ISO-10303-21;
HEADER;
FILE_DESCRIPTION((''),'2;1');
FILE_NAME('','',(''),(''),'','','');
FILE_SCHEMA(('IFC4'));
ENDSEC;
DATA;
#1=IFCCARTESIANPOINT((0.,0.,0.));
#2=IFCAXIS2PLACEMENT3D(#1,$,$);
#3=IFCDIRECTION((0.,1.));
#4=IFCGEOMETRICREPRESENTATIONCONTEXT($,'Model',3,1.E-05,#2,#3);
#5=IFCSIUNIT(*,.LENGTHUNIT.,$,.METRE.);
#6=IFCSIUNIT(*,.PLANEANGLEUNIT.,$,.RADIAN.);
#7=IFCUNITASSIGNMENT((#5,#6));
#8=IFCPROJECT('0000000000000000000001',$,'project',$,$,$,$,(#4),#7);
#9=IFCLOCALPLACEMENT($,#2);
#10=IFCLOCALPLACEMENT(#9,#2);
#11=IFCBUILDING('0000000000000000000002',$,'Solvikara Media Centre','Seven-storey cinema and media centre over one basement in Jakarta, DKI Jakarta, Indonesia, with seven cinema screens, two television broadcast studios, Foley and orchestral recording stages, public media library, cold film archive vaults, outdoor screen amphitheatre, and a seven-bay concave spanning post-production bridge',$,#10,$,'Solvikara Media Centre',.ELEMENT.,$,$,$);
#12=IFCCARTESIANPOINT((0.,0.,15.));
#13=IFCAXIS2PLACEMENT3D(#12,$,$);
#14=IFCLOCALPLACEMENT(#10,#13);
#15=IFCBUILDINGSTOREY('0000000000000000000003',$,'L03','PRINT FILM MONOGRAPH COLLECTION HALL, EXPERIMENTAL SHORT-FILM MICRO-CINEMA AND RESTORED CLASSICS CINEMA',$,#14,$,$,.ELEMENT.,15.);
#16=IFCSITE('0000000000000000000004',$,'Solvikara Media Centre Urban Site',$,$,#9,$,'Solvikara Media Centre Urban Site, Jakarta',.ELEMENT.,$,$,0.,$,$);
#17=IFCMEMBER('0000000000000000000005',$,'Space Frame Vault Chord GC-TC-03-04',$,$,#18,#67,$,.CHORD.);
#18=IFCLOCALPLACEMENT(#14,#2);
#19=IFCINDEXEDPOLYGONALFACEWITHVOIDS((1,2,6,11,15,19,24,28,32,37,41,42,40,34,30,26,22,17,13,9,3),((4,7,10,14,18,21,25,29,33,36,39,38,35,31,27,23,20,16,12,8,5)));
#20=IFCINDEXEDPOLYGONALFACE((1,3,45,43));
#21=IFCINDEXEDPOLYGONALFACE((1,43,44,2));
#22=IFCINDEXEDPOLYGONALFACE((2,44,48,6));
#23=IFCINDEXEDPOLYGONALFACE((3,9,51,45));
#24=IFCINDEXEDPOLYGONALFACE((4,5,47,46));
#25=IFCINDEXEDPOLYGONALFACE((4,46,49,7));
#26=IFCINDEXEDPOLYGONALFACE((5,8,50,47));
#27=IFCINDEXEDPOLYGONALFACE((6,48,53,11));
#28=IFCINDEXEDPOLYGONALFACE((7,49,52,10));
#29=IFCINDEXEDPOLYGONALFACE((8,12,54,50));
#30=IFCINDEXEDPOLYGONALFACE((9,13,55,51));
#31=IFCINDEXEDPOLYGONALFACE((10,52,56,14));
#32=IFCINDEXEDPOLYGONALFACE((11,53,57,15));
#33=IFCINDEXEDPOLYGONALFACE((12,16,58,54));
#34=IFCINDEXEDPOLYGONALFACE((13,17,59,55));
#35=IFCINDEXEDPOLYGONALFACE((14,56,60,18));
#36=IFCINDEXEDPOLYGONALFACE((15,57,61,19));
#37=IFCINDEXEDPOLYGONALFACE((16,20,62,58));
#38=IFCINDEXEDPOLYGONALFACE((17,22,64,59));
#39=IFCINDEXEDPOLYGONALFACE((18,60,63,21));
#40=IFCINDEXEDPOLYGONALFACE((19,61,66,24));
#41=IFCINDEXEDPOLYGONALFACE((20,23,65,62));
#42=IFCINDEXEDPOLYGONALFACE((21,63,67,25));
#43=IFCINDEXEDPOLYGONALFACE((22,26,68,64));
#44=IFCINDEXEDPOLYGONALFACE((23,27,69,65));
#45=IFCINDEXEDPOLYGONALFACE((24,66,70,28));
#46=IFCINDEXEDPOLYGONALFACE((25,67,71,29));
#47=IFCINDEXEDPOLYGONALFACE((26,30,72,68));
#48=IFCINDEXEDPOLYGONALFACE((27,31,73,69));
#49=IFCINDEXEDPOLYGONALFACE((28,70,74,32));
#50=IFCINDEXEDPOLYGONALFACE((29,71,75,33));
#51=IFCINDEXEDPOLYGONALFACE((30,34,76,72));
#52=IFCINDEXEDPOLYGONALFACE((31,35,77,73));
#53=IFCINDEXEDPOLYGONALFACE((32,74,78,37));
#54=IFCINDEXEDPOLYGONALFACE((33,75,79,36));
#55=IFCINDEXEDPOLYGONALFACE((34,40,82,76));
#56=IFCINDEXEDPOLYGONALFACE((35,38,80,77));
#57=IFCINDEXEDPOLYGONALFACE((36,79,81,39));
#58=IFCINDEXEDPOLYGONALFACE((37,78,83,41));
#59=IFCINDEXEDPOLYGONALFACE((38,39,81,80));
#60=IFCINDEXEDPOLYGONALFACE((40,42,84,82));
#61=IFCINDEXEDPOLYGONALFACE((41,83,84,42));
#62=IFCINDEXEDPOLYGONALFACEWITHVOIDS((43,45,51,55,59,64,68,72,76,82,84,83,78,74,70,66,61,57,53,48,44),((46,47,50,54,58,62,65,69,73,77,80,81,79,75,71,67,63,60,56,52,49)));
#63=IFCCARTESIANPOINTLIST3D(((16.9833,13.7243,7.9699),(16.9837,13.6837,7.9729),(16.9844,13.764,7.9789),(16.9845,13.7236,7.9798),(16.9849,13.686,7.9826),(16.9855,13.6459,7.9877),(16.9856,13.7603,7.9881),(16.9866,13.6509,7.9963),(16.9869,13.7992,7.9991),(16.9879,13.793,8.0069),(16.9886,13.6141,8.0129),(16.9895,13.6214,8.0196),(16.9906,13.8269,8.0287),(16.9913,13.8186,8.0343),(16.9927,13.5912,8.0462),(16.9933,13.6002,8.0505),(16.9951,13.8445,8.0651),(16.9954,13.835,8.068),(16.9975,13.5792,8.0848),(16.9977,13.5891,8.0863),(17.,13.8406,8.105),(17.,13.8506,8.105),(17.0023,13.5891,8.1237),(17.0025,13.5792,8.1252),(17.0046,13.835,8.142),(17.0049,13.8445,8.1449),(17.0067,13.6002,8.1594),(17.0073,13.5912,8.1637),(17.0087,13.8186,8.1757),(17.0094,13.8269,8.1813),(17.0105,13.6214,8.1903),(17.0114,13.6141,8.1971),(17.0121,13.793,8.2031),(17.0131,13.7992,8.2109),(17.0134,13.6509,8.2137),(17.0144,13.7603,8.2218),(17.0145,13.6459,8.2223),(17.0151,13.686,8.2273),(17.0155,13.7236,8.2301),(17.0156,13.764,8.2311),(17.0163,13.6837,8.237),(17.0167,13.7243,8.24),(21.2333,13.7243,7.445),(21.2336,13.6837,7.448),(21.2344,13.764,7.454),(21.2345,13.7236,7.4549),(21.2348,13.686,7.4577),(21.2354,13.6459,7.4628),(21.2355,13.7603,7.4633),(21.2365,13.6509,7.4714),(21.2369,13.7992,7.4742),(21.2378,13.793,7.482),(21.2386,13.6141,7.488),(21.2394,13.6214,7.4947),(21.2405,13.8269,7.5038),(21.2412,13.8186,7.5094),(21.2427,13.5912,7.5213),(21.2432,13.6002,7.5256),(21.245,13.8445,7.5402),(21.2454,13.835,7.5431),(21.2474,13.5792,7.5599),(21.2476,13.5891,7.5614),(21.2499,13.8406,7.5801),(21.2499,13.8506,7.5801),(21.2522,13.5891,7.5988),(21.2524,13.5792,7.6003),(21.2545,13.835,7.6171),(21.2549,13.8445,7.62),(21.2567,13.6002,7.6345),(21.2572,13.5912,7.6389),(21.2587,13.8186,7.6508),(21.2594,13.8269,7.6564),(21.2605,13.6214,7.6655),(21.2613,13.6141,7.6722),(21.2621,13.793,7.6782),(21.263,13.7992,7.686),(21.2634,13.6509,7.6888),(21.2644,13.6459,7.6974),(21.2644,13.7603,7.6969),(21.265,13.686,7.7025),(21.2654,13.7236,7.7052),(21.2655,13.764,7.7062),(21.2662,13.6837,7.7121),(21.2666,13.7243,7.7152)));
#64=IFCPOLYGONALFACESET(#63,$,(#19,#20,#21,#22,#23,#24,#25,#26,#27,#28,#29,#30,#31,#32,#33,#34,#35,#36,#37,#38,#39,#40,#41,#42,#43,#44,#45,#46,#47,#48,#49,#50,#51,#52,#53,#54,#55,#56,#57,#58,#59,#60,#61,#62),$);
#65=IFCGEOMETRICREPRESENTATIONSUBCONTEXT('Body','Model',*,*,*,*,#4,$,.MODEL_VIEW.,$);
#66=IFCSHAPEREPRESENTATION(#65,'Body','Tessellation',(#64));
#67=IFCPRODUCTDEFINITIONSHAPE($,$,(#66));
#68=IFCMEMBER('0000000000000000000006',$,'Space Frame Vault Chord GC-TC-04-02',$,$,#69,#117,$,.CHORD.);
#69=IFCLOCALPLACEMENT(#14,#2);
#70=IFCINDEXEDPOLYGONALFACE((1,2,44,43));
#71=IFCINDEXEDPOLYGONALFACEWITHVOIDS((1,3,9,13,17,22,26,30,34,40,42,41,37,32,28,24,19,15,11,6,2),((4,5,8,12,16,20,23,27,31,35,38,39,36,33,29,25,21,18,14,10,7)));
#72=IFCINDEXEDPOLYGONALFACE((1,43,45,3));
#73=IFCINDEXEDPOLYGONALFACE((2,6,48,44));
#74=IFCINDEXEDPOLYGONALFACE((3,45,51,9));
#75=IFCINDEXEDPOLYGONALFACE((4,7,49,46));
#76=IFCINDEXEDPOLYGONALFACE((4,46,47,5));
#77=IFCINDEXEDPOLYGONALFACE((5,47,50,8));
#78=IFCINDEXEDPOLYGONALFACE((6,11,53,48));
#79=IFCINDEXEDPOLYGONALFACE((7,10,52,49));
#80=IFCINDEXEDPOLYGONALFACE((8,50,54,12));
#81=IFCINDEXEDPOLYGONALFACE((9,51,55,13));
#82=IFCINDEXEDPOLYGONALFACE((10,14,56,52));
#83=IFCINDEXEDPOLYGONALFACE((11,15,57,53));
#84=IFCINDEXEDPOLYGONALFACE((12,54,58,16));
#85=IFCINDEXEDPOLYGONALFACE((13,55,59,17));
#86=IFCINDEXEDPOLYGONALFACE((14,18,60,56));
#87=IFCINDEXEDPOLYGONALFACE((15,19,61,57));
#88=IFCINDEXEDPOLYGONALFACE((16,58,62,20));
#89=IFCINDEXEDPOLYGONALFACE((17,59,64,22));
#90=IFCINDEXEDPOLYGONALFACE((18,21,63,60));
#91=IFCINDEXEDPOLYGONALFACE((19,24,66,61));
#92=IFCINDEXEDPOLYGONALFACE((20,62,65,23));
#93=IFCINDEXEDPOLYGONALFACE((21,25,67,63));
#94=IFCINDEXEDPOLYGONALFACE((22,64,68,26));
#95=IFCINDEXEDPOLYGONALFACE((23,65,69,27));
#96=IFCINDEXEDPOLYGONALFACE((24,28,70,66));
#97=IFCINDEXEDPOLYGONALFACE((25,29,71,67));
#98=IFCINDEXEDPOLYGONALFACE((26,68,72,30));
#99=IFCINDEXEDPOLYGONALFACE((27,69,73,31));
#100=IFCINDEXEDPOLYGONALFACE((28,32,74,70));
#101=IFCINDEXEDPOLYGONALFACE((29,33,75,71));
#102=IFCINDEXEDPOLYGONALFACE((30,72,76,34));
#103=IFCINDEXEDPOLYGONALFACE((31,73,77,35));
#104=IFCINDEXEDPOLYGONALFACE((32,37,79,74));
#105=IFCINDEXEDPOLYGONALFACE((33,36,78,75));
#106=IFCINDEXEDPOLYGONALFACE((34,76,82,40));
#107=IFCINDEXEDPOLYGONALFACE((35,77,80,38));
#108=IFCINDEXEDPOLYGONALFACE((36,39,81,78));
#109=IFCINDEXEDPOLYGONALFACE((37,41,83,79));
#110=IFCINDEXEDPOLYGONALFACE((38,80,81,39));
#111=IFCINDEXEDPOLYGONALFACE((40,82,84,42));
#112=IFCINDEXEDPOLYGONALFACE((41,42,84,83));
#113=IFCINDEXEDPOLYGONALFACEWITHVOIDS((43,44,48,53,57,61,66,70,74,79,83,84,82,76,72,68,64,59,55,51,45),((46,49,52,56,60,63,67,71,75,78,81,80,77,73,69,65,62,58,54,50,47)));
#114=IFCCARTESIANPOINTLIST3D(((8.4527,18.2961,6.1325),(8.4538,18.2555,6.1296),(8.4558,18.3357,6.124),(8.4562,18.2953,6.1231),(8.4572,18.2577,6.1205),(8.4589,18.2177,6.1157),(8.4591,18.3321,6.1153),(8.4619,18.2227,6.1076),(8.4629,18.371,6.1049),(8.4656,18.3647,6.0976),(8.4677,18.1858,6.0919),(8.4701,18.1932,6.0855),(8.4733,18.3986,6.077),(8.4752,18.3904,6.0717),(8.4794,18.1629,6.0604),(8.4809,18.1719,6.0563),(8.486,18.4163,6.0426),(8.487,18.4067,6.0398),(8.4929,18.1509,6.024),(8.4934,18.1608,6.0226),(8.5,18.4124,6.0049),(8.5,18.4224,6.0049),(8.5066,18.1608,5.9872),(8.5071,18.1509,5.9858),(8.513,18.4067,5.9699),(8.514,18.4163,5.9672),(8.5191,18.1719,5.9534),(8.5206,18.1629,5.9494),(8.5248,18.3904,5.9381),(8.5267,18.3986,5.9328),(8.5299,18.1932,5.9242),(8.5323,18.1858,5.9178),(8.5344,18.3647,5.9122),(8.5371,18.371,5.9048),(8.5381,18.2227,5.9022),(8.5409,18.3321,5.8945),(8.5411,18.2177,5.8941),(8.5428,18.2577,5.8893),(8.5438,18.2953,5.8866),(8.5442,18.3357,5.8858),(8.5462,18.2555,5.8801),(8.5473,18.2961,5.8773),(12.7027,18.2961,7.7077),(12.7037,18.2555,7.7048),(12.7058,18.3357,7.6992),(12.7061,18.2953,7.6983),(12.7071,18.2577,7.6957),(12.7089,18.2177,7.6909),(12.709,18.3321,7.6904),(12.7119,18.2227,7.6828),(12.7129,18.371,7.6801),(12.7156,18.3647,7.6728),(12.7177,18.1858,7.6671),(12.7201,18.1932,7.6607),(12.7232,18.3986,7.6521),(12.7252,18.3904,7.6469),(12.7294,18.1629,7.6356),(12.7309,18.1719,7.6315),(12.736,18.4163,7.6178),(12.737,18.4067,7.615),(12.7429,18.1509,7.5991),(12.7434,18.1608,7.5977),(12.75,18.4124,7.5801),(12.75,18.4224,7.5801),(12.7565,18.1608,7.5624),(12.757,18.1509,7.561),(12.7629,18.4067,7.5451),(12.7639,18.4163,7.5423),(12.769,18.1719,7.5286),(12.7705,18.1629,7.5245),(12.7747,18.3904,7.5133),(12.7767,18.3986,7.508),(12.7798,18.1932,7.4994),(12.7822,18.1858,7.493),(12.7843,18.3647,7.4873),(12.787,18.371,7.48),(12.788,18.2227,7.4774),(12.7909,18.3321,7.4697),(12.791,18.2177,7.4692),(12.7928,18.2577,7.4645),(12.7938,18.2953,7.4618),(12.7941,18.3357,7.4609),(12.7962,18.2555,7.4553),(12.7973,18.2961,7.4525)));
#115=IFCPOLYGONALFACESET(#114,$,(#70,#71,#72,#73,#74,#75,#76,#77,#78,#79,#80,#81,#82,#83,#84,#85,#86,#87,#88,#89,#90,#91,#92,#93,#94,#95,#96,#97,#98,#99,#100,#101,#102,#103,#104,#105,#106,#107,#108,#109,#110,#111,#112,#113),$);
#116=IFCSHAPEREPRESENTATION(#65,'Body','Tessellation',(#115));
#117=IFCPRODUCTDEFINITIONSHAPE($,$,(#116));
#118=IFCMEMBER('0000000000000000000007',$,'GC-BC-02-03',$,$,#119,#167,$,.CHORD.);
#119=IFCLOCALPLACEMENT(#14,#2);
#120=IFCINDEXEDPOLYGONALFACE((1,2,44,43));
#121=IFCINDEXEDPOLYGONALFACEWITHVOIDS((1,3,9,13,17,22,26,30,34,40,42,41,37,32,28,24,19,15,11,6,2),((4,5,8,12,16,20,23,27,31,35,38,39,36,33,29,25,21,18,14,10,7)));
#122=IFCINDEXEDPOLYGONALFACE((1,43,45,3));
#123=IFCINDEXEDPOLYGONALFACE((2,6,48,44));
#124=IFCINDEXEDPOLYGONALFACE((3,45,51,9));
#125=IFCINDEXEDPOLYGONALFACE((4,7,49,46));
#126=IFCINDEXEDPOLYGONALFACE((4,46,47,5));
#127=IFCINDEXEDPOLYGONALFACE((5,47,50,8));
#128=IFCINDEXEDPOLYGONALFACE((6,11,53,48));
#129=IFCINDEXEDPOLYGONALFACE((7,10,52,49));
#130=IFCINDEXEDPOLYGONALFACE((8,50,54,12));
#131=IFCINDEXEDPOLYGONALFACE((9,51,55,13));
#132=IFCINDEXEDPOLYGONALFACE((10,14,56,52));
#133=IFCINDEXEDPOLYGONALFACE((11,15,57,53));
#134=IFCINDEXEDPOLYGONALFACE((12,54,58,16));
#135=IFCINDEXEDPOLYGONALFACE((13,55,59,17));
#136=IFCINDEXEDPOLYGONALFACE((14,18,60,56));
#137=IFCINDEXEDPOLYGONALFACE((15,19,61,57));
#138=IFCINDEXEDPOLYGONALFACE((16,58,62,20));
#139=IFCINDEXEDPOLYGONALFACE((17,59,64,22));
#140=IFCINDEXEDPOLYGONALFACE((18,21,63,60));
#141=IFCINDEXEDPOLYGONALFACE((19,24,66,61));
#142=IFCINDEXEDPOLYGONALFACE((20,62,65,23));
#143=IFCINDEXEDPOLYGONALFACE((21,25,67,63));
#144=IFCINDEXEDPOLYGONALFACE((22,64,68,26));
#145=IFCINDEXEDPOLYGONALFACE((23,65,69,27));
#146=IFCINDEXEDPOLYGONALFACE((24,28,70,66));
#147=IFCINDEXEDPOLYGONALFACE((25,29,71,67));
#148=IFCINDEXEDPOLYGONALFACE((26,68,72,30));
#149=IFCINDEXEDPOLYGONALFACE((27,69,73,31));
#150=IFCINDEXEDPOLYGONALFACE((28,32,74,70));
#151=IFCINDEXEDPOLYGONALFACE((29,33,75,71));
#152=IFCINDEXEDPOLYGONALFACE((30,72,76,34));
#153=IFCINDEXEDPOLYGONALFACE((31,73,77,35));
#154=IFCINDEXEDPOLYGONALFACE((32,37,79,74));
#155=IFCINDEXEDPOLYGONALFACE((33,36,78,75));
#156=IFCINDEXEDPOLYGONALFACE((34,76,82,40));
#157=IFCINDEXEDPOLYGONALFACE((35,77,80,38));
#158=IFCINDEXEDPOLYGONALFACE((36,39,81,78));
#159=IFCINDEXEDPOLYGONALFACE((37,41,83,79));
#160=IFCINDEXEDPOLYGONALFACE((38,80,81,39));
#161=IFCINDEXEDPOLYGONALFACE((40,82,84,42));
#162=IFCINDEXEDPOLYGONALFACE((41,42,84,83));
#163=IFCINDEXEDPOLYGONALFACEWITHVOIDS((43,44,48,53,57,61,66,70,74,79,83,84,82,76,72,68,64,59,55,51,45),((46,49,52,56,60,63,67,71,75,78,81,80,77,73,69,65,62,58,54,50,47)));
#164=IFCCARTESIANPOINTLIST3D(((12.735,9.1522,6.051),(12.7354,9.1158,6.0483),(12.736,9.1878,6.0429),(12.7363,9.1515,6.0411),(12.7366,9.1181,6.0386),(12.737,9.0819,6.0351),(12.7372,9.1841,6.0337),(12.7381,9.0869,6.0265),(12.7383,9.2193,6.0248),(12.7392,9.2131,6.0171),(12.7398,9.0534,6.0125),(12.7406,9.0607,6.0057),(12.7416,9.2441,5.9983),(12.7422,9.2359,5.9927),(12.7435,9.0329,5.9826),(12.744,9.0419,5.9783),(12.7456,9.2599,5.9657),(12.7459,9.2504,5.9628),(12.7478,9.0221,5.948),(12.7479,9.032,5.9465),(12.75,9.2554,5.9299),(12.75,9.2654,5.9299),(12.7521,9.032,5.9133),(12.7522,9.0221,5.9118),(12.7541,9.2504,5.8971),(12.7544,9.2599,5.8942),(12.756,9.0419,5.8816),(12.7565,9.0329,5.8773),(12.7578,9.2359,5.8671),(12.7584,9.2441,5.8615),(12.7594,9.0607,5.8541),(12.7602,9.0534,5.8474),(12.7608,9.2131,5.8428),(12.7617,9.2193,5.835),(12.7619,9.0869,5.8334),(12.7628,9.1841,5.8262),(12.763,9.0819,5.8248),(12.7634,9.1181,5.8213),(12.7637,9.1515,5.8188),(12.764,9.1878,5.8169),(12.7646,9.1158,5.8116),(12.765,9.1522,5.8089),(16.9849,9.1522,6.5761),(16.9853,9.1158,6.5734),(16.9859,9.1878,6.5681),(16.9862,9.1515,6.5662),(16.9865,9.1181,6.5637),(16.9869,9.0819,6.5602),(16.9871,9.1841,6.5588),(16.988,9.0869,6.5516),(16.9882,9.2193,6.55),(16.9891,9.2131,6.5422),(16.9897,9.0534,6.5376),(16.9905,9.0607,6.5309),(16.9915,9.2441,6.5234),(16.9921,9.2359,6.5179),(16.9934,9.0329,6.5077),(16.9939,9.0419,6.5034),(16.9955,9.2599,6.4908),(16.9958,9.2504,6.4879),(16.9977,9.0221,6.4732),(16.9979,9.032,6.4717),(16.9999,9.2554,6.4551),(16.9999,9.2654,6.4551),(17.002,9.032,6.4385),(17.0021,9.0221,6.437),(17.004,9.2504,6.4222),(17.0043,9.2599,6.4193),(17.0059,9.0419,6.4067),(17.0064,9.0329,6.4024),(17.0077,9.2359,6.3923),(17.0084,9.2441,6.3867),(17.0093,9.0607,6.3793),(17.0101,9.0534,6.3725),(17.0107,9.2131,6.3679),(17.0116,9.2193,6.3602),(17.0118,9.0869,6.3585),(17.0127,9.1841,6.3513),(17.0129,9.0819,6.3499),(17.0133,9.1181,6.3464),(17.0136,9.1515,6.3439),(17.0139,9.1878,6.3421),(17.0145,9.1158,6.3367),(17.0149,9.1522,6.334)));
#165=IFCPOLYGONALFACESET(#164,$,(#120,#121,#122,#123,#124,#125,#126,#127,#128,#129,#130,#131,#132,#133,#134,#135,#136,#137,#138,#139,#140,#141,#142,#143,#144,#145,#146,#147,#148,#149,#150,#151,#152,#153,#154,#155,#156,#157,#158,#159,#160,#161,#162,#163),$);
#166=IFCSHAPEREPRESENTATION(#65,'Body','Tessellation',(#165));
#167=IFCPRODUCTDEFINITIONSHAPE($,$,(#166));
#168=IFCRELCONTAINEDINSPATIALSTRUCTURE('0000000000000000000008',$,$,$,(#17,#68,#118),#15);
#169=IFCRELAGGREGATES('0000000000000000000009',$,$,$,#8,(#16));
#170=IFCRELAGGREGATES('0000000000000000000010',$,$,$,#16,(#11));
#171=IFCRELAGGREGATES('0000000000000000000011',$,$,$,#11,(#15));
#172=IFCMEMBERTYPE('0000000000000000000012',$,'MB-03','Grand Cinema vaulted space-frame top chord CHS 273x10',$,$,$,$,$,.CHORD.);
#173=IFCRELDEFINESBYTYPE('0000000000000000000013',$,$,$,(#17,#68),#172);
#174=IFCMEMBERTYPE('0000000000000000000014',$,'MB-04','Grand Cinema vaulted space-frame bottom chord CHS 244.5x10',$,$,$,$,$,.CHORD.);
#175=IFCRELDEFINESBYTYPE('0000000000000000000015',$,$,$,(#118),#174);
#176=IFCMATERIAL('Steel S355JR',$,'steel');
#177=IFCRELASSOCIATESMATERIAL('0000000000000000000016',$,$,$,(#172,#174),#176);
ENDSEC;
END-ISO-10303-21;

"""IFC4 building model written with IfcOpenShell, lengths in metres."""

from ifc_helpers import new_model, si_unit, direction, frame, origin, origin_2d, place, context, subcontext, project, spatial, hollow_circle, extrude, material, material_profile, profile_set, type_object, element, save


model = new_model("IFC4")

# Units and contexts
model_context = context("Model", 3, precision=1e-05, world=origin(), true_north=direction((0.0, 1.0)))
body_context = subcontext(model_context, "Body", "Model", "MODEL_VIEW")
ifc_project = project(units=[si_unit("LENGTHUNIT", "METRE"), si_unit("PLANEANGLEUNIT", "RADIAN")], contexts=[model_context])

# Site, building, storey
site_placement = place(None, origin())
site = spatial("IfcSite", under=ifc_project, at=site_placement, Name="Solvikara Media Centre Urban Site", LongName="Solvikara Media Centre Urban Site, Jakarta", CompositionType="ELEMENT", RefElevation=0.0)
building_placement = place(site_placement, origin())
building = spatial("IfcBuilding", under=site, at=building_placement, Name="Solvikara Media Centre", Description="Seven-storey cinema and media centre over one basement in Jakarta, DKI Jakarta, Indonesia, with seven cinema screens, two television broadcast studios, Foley and orchestral recording stages, public media library, cold film archive vaults, outdoor screen amphitheatre, and a seven-bay concave spanning post-production bridge", LongName="Solvikara Media Centre", CompositionType="ELEMENT")
storey_placement = place(building_placement, frame((0.0, 0.0, 15.0)))
storey = spatial("IfcBuildingStorey", under=building, at=storey_placement, Name="L03", Description="PRINT FILM MONOGRAPH COLLECTION HALL, EXPERIMENTAL SHORT-FILM MICRO-CINEMA AND RESTORED CLASSICS CINEMA", CompositionType="ELEMENT", Elevation=15.0)

# Members
ifc_material = material(Name="Steel S355JR", Category="steel")
ifc_material_profile_1 = material_profile(ifc_material, hollow_circle(Radius=0.1365, WallThickness=0.01, at=origin_2d()), Name="CHS 273x10")
ifc_profile_set_1 = profile_set([ifc_material_profile_1], Name="Steel S355JR")
member_type_1 = type_object("IfcMemberType", Name="MB-03", Description="Grand Cinema vaulted space-frame top chord CHS 273x10", PredefinedType="CHORD", material=ifc_profile_set_1)
for number, where, z_axis, x_axis, name in (
    (1, (17.0, 13.7141, 8.105), (0.992459, 0.0, -0.122575), (0.0, 1.0, 0.0), "Space Frame Vault Chord GC-TC-03-04"),
):
    element("IfcMember", number, at=place(storey_placement, frame(where, z_axis=z_axis, x_axis=x_axis)), inside=storey, type_object=member_type_1, Name=name, PredefinedType="CHORD", context=body_context, shape_type="SweptSolid", body=[
        extrude(hollow_circle(Radius=0.1365, WallThickness=0.01, at=origin_2d()), origin(), (0.0, 0.0, 1.0), 4.2822),
    ])
member_1_placement = place(storey_placement, frame((8.5, 18.2859, 6.0049), z_axis=(0.937668, 0.0, 0.347532), x_axis=(0.0, 1.0, 0.0)))
element("IfcMember", 2, at=member_1_placement, inside=storey, type_object=member_type_1, Name="Space Frame Vault Chord GC-TC-04-02", PredefinedType="CHORD", context=body_context, shape_type="SweptSolid", body=[
    extrude(hollow_circle(Radius=0.1365, WallThickness=0.01, at=origin_2d()), origin(), (0.0, 0.0, 1.0), 4.5325),
])
ifc_material_profile_2 = material_profile(ifc_material, hollow_circle(Radius=0.1223, WallThickness=0.01, at=origin_2d()), Name="CHS 244.5x10")
ifc_profile_set_2 = profile_set([ifc_material_profile_2], Name="Steel S355JR")
member_type_2 = type_object("IfcMemberType", Name="MB-04", Description="Grand Cinema vaulted space-frame bottom chord CHS 244.5x10", PredefinedType="CHORD", material=ifc_profile_set_2)
for number, where, z_axis, x_axis, name in (
    (3, (12.75, 9.1431, 5.9299), (0.992452, 0.0, 0.122631), (0.0, 1.0, 0.0), "GC-BC-02-03"),
):
    element("IfcMember", number, at=place(storey_placement, frame(where, z_axis=z_axis, x_axis=x_axis)), inside=storey, type_object=member_type_2, Name=name, PredefinedType="CHORD", context=body_context, shape_type="SweptSolid", body=[
        extrude(hollow_circle(Radius=0.1223, WallThickness=0.01, at=origin_2d()), origin(), (0.0, 0.0, 1.0), 4.2822),
    ])

save(model, "model.ifc")
